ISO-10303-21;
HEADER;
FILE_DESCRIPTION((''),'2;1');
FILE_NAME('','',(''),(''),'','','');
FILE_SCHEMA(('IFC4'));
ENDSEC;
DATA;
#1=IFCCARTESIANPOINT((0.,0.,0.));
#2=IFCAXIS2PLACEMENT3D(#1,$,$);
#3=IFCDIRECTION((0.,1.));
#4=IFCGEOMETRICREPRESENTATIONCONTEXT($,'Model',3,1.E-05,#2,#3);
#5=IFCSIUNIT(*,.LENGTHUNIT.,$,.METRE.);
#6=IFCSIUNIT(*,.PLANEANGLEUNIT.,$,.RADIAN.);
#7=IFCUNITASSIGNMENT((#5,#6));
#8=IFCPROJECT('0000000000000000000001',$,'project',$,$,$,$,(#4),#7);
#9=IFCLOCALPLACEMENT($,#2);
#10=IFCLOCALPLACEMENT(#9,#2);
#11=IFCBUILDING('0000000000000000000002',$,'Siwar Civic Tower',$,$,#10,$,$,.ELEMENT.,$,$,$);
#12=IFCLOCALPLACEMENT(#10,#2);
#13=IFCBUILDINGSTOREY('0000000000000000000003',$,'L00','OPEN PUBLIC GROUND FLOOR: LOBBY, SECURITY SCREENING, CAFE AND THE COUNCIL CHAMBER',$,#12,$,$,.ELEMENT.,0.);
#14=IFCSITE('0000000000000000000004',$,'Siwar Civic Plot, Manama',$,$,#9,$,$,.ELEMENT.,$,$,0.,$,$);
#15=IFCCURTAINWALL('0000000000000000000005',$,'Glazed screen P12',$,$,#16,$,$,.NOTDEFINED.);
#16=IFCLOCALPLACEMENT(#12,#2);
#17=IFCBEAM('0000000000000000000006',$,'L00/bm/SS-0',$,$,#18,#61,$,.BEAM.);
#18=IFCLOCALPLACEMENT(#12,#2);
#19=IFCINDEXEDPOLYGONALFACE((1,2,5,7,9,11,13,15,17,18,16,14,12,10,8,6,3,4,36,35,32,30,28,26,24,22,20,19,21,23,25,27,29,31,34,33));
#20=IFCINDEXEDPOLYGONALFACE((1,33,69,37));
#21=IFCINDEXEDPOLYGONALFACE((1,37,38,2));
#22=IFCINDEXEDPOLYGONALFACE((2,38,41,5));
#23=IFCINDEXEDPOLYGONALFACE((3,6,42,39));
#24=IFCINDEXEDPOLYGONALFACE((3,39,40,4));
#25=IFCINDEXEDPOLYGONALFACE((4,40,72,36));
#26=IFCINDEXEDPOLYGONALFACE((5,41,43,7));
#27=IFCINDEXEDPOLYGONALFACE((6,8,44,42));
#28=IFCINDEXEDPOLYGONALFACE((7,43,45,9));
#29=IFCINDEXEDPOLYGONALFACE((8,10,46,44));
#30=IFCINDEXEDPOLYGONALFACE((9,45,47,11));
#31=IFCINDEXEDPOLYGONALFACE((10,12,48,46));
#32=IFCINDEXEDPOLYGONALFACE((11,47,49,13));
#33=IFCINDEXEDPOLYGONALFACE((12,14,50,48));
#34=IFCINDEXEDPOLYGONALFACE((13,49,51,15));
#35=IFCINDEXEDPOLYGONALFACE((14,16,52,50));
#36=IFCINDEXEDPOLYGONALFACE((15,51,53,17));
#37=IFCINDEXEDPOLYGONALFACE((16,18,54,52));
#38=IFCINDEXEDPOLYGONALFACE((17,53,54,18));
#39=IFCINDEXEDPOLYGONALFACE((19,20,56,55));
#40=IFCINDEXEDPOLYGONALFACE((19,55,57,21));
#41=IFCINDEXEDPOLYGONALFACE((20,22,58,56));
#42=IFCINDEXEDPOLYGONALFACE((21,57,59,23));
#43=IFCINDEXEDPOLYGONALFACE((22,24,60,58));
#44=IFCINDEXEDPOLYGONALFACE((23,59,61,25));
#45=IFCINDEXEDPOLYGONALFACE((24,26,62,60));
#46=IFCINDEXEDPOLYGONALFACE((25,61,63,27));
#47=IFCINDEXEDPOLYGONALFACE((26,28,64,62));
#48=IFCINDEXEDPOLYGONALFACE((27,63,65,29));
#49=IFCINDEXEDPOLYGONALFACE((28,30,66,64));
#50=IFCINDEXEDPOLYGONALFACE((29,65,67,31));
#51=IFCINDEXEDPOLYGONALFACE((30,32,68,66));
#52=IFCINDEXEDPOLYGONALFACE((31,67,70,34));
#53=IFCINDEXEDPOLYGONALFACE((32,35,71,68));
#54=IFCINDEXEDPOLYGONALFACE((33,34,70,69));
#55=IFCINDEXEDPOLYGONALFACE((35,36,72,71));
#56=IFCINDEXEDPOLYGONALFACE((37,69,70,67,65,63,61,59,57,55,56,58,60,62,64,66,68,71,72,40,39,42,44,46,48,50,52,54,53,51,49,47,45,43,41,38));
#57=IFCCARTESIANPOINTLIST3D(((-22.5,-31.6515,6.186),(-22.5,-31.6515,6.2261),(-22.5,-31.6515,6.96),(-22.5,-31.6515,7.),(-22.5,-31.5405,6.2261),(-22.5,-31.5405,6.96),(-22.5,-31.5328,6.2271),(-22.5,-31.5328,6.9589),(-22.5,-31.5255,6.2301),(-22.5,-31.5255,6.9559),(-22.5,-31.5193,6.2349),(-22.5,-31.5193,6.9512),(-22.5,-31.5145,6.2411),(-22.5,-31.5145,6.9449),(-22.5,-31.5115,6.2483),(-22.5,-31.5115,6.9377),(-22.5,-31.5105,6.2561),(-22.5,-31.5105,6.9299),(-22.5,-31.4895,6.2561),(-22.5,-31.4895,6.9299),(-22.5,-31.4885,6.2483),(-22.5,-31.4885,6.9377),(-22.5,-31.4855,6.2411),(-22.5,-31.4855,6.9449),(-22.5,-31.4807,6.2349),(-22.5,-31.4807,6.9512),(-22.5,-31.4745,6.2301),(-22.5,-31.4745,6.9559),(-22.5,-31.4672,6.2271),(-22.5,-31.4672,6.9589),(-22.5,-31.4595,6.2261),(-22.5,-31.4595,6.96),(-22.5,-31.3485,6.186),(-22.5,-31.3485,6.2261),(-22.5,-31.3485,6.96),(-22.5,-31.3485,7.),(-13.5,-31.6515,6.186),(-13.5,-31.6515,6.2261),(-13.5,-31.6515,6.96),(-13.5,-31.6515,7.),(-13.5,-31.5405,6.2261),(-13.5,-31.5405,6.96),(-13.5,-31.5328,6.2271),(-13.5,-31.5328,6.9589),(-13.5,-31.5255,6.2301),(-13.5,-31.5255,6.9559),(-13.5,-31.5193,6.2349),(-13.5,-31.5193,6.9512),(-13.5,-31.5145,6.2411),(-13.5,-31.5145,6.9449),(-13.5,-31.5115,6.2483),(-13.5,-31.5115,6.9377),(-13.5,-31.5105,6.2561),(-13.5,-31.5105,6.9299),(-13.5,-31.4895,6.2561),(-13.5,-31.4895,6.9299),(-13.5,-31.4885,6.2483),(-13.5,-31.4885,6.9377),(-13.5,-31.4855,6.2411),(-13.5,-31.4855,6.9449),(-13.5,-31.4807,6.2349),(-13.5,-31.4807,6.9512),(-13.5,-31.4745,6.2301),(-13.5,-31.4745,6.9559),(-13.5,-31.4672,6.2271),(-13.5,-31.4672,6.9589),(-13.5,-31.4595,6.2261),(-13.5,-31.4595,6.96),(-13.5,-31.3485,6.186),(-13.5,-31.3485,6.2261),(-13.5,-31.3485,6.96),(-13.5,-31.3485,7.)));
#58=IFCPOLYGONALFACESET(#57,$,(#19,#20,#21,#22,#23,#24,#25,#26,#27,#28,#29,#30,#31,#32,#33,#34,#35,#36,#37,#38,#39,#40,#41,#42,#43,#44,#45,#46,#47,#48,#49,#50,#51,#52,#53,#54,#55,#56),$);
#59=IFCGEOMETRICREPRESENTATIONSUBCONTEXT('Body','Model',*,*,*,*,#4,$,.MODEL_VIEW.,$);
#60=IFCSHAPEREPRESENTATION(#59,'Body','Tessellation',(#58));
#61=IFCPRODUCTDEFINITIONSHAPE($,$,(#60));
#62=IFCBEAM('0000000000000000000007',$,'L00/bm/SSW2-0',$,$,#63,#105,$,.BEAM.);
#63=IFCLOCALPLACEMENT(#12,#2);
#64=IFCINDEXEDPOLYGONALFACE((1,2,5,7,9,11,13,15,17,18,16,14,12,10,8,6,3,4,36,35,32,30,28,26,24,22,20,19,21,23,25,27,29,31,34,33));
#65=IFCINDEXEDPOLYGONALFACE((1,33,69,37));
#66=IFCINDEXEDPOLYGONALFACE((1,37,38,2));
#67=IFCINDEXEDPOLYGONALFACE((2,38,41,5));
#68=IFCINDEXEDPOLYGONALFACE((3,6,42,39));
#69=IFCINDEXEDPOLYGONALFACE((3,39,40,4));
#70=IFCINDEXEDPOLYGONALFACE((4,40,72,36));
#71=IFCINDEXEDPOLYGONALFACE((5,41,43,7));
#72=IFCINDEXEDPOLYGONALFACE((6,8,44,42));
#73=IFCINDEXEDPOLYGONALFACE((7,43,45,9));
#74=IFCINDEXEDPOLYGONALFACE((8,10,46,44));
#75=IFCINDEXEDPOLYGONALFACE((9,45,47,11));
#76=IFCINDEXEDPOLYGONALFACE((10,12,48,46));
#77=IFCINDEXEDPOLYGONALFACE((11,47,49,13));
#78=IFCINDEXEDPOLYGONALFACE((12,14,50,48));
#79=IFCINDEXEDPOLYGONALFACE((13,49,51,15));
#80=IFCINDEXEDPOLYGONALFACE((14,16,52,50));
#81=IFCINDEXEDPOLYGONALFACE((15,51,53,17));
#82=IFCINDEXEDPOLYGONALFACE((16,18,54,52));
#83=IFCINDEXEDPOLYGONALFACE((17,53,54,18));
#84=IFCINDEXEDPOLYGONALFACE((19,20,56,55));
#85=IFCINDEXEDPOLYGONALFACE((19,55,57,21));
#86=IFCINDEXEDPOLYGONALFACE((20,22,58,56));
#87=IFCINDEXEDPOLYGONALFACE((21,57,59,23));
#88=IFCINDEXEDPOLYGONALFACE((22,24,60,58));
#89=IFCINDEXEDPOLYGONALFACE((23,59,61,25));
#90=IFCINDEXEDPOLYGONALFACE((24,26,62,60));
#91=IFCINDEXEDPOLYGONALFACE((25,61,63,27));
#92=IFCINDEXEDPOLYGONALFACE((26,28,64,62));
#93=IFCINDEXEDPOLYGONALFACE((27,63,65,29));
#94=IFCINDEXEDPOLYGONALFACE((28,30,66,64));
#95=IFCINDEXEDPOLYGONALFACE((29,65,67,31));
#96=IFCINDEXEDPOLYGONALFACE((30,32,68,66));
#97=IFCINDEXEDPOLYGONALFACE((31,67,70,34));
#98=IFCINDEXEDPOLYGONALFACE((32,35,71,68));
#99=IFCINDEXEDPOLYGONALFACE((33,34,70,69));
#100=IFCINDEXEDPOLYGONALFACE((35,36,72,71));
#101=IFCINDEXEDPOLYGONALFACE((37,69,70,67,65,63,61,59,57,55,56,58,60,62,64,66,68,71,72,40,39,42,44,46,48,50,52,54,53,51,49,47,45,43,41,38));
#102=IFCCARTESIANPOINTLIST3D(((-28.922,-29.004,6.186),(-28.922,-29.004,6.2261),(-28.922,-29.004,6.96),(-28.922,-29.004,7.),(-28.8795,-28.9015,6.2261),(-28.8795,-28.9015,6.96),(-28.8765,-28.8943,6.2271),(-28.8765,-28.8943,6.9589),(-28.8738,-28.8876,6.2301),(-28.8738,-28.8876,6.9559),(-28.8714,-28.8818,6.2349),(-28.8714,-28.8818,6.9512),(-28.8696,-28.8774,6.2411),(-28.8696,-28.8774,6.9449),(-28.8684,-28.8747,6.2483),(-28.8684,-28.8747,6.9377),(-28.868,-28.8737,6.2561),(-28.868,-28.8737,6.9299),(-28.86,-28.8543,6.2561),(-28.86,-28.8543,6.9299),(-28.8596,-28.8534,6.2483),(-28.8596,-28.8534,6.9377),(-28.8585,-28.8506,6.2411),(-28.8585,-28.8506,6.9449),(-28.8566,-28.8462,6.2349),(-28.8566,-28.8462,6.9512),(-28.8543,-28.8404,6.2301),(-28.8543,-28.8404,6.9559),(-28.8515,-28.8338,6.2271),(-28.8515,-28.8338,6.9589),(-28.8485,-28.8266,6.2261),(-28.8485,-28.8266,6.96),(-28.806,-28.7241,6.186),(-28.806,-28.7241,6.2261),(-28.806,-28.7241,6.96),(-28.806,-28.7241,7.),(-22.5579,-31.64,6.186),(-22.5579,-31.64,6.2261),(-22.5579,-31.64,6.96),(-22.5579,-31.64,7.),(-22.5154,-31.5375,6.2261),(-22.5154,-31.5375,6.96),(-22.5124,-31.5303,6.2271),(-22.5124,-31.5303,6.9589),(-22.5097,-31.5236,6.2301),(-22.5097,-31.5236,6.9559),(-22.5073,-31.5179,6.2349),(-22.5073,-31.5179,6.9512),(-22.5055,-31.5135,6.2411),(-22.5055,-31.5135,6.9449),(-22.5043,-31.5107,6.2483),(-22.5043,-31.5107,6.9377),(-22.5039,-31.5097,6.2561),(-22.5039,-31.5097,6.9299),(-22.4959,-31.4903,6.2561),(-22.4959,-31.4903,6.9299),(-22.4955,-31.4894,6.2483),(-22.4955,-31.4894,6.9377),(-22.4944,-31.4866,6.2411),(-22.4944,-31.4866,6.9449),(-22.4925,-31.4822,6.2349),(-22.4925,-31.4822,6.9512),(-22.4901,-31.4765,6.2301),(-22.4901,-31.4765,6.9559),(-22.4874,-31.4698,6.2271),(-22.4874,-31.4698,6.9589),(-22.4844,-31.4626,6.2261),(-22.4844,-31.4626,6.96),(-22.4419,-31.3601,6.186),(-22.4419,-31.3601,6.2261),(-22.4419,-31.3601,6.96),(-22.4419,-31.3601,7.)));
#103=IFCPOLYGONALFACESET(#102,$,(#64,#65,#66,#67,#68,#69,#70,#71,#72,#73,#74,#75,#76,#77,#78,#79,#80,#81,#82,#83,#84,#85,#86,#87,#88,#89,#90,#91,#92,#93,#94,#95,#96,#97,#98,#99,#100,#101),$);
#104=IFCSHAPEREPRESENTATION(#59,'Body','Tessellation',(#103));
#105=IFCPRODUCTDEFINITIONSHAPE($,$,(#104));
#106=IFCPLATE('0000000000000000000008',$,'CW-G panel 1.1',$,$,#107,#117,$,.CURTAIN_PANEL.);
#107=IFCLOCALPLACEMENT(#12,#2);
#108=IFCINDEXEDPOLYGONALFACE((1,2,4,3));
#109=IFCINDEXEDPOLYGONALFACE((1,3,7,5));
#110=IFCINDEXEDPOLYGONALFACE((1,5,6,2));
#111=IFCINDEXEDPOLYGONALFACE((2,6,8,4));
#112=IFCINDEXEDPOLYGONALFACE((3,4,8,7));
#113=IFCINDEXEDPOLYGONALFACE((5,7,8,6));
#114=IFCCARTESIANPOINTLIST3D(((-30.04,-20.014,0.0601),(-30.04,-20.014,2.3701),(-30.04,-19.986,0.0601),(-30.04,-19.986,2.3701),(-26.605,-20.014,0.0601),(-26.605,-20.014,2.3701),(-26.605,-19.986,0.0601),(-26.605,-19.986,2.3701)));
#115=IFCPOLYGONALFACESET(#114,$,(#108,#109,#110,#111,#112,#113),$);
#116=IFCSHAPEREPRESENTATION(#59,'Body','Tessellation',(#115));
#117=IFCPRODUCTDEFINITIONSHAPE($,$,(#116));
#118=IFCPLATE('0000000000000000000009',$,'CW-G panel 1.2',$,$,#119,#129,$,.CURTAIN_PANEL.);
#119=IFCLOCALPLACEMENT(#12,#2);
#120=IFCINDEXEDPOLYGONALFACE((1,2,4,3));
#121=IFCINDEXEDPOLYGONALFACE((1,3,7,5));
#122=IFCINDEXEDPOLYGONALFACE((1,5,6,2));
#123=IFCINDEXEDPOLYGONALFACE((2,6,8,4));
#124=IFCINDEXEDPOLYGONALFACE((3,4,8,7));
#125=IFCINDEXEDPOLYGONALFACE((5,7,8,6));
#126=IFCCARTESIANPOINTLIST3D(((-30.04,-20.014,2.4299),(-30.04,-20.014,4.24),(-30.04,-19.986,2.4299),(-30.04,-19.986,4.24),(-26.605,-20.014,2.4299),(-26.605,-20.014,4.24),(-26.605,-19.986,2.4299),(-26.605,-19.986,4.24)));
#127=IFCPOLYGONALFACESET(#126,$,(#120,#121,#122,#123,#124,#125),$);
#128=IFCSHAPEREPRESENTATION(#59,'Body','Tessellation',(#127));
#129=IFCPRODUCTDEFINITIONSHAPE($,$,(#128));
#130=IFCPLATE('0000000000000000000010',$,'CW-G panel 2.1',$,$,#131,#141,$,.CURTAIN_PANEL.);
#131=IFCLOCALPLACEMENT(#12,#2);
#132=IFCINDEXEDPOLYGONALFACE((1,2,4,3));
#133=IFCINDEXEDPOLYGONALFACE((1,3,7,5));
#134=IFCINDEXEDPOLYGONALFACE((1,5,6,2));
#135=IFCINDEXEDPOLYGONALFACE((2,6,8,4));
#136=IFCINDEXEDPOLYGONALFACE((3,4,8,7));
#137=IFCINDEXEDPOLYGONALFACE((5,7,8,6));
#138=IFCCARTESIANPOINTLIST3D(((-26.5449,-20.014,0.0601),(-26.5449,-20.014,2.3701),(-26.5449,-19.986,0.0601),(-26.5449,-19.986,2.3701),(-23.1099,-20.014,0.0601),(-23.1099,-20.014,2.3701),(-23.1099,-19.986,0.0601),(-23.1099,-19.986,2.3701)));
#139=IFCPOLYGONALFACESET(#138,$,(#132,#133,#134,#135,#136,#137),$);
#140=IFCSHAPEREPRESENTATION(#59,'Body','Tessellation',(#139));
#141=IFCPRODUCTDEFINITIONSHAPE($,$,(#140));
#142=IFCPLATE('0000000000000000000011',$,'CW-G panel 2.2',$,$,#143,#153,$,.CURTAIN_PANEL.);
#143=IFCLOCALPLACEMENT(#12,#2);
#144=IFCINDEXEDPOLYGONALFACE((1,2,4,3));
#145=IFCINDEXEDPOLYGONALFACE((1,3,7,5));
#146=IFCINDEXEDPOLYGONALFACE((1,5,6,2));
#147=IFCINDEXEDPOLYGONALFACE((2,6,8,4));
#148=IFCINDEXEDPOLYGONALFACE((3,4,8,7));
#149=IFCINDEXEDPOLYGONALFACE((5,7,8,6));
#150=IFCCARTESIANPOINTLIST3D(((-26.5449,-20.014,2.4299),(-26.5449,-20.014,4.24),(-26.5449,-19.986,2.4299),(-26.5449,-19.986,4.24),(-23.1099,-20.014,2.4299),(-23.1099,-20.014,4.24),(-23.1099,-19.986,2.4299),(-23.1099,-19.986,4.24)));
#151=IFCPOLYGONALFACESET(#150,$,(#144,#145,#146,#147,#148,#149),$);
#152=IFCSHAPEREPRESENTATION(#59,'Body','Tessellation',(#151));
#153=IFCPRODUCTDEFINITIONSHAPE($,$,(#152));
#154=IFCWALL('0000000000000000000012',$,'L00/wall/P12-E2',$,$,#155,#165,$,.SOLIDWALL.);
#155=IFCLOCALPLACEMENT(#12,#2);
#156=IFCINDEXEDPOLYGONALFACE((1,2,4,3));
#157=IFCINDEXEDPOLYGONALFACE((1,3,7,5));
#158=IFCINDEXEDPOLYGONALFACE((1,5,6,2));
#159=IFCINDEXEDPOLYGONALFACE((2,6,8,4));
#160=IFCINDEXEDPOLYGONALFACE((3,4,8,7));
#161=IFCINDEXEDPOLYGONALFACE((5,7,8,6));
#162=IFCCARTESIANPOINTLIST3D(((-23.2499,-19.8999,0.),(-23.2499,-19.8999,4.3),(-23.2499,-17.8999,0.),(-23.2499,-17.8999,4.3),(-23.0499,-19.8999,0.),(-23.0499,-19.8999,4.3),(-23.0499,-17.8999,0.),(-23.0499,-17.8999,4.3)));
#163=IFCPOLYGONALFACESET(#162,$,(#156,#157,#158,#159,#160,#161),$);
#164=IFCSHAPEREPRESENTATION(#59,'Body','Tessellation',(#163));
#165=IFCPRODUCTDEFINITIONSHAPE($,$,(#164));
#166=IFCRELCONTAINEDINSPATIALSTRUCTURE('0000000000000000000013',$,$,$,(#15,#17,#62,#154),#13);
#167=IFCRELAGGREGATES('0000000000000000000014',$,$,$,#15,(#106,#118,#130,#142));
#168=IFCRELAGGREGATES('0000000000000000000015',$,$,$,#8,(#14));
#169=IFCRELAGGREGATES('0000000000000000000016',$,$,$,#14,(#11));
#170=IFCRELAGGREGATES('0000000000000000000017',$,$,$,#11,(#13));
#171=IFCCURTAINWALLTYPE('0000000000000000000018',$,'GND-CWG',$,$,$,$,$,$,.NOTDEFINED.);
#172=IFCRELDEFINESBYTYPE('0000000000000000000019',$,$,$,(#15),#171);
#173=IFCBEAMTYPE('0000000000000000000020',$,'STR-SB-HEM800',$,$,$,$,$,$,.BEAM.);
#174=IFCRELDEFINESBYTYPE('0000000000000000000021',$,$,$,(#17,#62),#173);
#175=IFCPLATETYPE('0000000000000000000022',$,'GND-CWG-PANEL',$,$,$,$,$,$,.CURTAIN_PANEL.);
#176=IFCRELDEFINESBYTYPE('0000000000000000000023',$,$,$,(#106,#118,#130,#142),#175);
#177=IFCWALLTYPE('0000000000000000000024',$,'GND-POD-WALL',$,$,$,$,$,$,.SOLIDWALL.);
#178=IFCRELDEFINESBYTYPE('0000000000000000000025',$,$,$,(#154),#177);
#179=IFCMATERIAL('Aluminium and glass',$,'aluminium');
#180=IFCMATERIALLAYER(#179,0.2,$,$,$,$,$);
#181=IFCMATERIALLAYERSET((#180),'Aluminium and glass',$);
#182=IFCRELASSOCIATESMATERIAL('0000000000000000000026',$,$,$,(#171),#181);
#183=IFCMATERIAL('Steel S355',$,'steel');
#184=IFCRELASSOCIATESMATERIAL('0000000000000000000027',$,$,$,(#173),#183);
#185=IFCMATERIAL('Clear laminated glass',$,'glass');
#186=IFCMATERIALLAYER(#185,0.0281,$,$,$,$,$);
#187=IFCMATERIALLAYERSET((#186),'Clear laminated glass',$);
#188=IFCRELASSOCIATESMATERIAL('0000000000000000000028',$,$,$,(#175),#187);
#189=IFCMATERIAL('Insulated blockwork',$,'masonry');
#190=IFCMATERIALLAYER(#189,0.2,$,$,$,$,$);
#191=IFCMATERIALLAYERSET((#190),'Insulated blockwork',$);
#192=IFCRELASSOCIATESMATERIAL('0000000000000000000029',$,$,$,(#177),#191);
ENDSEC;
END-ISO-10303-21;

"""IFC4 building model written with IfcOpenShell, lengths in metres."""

from ifc_helpers import new_model, si_unit, direction, frame, frame_2d, origin, origin_2d, place, context, subcontext, project, spatial, rectangle, i_section, extrude, material, layer, layer_set, material_profile, profile_set, type_object, element, aggregate, save


model = new_model("IFC4")

# Units and contexts
model_context = context("Model", 3, precision=1e-05, world=origin(), true_north=direction((0.0, 1.0)))
body_context = subcontext(model_context, "Body", "Model", "MODEL_VIEW")
ifc_project = project(units=[si_unit("LENGTHUNIT", "METRE"), si_unit("PLANEANGLEUNIT", "RADIAN")], contexts=[model_context])

# Site, building, storey
site_placement = place(None, origin())
site = spatial("IfcSite", under=ifc_project, at=site_placement, Name="Siwar Civic Plot, Manama", CompositionType="ELEMENT", RefElevation=0.0)
building_placement = place(site_placement, origin())
building = spatial("IfcBuilding", under=site, at=building_placement, Name="Siwar Civic Tower", CompositionType="ELEMENT")
storey_placement = place(building_placement, origin())
storey = spatial("IfcBuildingStorey", under=building, at=storey_placement, Name="L00", Description="OPEN PUBLIC GROUND FLOOR: LOBBY, SECURITY SCREENING, CAFE AND THE COUNCIL CHAMBER", CompositionType="ELEMENT", Elevation=0.0)

# Curtain wall
ifc_material_1 = material(Name="Aluminium and glass", Category="aluminium")
ifc_layer_1 = layer(ifc_material_1, 0.2)
ifc_layer_set_1 = layer_set([ifc_layer_1], Name="Aluminium and glass")
curtain_wall_type = type_object("IfcCurtainWallType", Name="GND-CWG", PredefinedType="NOTDEFINED", material=ifc_layer_set_1)
curtain_wall_placement = place(storey_placement, origin())
curtain_wall = element("IfcCurtainWall", 1, at=curtain_wall_placement, inside=storey, type_object=curtain_wall_type, Name="Glazed screen P12", PredefinedType="NOTDEFINED")

# Beams
ifc_material_2 = material(Name="Steel S355", Category="steel")
ifc_material_profile_1 = material_profile(ifc_material_2, i_section(OverallWidth=0.303, OverallDepth=0.814, WebThickness=0.021, FlangeThickness=0.04, FilletRadius=0.03, at=origin_2d()), Name="HEM800")
ifc_profile_set_1 = profile_set([ifc_material_profile_1], Name="Steel S355")
beam_type_1 = type_object("IfcBeamType", Name="STR-SB-HEM800", PredefinedType="BEAM", material=ifc_profile_set_1)
beam_1_placement = place(storey_placement, frame((-22.5, -31.5, 6.593), z_axis=(1.0, 0.0, 0.0), x_axis=(0.0, 1.0, 0.0)))
element("IfcBeam", 2, at=beam_1_placement, inside=storey, type_object=beam_type_1, Name="L00/bm/SS-0", PredefinedType="BEAM", context=body_context, shape_type="SweptSolid", body=[
    extrude(i_section(OverallWidth=0.303, OverallDepth=0.814, WebThickness=0.021, FlangeThickness=0.04, FilletRadius=0.03, at=origin_2d()), origin(), (0.0, 0.0, 1.0), 9.0),
])
beam_2_placement = place(storey_placement, frame((-28.864, -28.864, 6.593), z_axis=(0.923883, -0.382674, 0.0), x_axis=(0.382674, 0.923883, 0.0)))
element("IfcBeam", 3, at=beam_2_placement, inside=storey, type_object=beam_type_1, Name="L00/bm/SSW2-0", PredefinedType="BEAM", context=body_context, shape_type="SweptSolid", body=[
    extrude(i_section(OverallWidth=0.303, OverallDepth=0.814, WebThickness=0.021, FlangeThickness=0.04, FilletRadius=0.03, at=origin_2d()), origin(), (0.0, 0.0, 1.0), 6.8884),
])

# Plates
ifc_material_3 = material(Name="Clear laminated glass", Category="glass")
ifc_layer_2 = layer(ifc_material_3, 0.0281)
ifc_layer_set_2 = layer_set([ifc_layer_2], Name="Clear laminated glass")
plate_type = type_object("IfcPlateType", Name="GND-CWG-PANEL", PredefinedType="CURTAIN_PANEL", material=ifc_layer_set_2)
plate_1_placement = place(storey_placement, frame((-28.3225, -20.0, 0.0601), z_axis=(0.0, 0.0, 1.0), x_axis=(1.0, 0.0, 0.0)))
plate_1 = element("IfcPlate", 4, at=plate_1_placement, type_object=plate_type, Name="CW-G panel 1.1", PredefinedType="CURTAIN_PANEL", context=body_context, shape_type="SweptSolid", body=[
    extrude(rectangle(XDim=3.4351, YDim=0.0281, at=origin_2d()), origin(), (0.0, 0.0, 1.0), 2.3101),
])
plate_2_placement = place(storey_placement, frame((-28.3225, -20.0, 2.4299), z_axis=(0.0, 0.0, 1.0), x_axis=(1.0, 0.0, 0.0)))
plate_2 = element("IfcPlate", 5, at=plate_2_placement, type_object=plate_type, Name="CW-G panel 1.2", PredefinedType="CURTAIN_PANEL", context=body_context, shape_type="SweptSolid", body=[
    extrude(rectangle(XDim=3.4351, YDim=0.0281, at=origin_2d()), origin(), (0.0, 0.0, 1.0), 1.8101),
])
plate_3_placement = place(storey_placement, frame((-24.8274, -20.0, 0.0601), z_axis=(0.0, 0.0, 1.0), x_axis=(1.0, 0.0, 0.0)))
plate_3 = element("IfcPlate", 6, at=plate_3_placement, type_object=plate_type, Name="CW-G panel 2.1", PredefinedType="CURTAIN_PANEL", context=body_context, shape_type="SweptSolid", body=[
    extrude(rectangle(XDim=3.4351, YDim=0.0281, at=origin_2d()), origin(), (0.0, 0.0, 1.0), 2.3101),
])
plate_4_placement = place(storey_placement, frame((-24.8274, -20.0, 2.4299), z_axis=(0.0, 0.0, 1.0), x_axis=(1.0, 0.0, 0.0)))
plate_4 = element("IfcPlate", 7, at=plate_4_placement, type_object=plate_type, Name="CW-G panel 2.2", PredefinedType="CURTAIN_PANEL", context=body_context, shape_type="SweptSolid", body=[
    extrude(rectangle(XDim=3.4351, YDim=0.0281, at=origin_2d()), origin(), (0.0, 0.0, 1.0), 1.8101),
])
aggregate(curtain_wall, [plate_1, plate_2, plate_3, plate_4])

# Wall
ifc_material_4 = material(Name="Insulated blockwork", Category="masonry")
ifc_layer_3 = layer(ifc_material_4, 0.2)
ifc_layer_set_3 = layer_set([ifc_layer_3], Name="Insulated blockwork")
wall_type = type_object("IfcWallType", Name="GND-POD-WALL", PredefinedType="SOLIDWALL", material=ifc_layer_set_3)
wall_placement = place(storey_placement, frame((-23.1499, -19.8999, 0.0), z_axis=(0.0, 0.0, 1.0), x_axis=(0.0, 1.0, 0.0)))
element("IfcWall", 8, at=wall_placement, inside=storey, type_object=wall_type, Name="L00/wall/P12-E2", PredefinedType="SOLIDWALL", context=body_context, shape_type="SweptSolid", body=[
    extrude(rectangle(XDim=2.0, YDim=0.2, at=frame_2d((1.0, 0.0))), origin(), (0.0, 0.0, 1.0), 4.3),
])

save(model, "model.ifc")
